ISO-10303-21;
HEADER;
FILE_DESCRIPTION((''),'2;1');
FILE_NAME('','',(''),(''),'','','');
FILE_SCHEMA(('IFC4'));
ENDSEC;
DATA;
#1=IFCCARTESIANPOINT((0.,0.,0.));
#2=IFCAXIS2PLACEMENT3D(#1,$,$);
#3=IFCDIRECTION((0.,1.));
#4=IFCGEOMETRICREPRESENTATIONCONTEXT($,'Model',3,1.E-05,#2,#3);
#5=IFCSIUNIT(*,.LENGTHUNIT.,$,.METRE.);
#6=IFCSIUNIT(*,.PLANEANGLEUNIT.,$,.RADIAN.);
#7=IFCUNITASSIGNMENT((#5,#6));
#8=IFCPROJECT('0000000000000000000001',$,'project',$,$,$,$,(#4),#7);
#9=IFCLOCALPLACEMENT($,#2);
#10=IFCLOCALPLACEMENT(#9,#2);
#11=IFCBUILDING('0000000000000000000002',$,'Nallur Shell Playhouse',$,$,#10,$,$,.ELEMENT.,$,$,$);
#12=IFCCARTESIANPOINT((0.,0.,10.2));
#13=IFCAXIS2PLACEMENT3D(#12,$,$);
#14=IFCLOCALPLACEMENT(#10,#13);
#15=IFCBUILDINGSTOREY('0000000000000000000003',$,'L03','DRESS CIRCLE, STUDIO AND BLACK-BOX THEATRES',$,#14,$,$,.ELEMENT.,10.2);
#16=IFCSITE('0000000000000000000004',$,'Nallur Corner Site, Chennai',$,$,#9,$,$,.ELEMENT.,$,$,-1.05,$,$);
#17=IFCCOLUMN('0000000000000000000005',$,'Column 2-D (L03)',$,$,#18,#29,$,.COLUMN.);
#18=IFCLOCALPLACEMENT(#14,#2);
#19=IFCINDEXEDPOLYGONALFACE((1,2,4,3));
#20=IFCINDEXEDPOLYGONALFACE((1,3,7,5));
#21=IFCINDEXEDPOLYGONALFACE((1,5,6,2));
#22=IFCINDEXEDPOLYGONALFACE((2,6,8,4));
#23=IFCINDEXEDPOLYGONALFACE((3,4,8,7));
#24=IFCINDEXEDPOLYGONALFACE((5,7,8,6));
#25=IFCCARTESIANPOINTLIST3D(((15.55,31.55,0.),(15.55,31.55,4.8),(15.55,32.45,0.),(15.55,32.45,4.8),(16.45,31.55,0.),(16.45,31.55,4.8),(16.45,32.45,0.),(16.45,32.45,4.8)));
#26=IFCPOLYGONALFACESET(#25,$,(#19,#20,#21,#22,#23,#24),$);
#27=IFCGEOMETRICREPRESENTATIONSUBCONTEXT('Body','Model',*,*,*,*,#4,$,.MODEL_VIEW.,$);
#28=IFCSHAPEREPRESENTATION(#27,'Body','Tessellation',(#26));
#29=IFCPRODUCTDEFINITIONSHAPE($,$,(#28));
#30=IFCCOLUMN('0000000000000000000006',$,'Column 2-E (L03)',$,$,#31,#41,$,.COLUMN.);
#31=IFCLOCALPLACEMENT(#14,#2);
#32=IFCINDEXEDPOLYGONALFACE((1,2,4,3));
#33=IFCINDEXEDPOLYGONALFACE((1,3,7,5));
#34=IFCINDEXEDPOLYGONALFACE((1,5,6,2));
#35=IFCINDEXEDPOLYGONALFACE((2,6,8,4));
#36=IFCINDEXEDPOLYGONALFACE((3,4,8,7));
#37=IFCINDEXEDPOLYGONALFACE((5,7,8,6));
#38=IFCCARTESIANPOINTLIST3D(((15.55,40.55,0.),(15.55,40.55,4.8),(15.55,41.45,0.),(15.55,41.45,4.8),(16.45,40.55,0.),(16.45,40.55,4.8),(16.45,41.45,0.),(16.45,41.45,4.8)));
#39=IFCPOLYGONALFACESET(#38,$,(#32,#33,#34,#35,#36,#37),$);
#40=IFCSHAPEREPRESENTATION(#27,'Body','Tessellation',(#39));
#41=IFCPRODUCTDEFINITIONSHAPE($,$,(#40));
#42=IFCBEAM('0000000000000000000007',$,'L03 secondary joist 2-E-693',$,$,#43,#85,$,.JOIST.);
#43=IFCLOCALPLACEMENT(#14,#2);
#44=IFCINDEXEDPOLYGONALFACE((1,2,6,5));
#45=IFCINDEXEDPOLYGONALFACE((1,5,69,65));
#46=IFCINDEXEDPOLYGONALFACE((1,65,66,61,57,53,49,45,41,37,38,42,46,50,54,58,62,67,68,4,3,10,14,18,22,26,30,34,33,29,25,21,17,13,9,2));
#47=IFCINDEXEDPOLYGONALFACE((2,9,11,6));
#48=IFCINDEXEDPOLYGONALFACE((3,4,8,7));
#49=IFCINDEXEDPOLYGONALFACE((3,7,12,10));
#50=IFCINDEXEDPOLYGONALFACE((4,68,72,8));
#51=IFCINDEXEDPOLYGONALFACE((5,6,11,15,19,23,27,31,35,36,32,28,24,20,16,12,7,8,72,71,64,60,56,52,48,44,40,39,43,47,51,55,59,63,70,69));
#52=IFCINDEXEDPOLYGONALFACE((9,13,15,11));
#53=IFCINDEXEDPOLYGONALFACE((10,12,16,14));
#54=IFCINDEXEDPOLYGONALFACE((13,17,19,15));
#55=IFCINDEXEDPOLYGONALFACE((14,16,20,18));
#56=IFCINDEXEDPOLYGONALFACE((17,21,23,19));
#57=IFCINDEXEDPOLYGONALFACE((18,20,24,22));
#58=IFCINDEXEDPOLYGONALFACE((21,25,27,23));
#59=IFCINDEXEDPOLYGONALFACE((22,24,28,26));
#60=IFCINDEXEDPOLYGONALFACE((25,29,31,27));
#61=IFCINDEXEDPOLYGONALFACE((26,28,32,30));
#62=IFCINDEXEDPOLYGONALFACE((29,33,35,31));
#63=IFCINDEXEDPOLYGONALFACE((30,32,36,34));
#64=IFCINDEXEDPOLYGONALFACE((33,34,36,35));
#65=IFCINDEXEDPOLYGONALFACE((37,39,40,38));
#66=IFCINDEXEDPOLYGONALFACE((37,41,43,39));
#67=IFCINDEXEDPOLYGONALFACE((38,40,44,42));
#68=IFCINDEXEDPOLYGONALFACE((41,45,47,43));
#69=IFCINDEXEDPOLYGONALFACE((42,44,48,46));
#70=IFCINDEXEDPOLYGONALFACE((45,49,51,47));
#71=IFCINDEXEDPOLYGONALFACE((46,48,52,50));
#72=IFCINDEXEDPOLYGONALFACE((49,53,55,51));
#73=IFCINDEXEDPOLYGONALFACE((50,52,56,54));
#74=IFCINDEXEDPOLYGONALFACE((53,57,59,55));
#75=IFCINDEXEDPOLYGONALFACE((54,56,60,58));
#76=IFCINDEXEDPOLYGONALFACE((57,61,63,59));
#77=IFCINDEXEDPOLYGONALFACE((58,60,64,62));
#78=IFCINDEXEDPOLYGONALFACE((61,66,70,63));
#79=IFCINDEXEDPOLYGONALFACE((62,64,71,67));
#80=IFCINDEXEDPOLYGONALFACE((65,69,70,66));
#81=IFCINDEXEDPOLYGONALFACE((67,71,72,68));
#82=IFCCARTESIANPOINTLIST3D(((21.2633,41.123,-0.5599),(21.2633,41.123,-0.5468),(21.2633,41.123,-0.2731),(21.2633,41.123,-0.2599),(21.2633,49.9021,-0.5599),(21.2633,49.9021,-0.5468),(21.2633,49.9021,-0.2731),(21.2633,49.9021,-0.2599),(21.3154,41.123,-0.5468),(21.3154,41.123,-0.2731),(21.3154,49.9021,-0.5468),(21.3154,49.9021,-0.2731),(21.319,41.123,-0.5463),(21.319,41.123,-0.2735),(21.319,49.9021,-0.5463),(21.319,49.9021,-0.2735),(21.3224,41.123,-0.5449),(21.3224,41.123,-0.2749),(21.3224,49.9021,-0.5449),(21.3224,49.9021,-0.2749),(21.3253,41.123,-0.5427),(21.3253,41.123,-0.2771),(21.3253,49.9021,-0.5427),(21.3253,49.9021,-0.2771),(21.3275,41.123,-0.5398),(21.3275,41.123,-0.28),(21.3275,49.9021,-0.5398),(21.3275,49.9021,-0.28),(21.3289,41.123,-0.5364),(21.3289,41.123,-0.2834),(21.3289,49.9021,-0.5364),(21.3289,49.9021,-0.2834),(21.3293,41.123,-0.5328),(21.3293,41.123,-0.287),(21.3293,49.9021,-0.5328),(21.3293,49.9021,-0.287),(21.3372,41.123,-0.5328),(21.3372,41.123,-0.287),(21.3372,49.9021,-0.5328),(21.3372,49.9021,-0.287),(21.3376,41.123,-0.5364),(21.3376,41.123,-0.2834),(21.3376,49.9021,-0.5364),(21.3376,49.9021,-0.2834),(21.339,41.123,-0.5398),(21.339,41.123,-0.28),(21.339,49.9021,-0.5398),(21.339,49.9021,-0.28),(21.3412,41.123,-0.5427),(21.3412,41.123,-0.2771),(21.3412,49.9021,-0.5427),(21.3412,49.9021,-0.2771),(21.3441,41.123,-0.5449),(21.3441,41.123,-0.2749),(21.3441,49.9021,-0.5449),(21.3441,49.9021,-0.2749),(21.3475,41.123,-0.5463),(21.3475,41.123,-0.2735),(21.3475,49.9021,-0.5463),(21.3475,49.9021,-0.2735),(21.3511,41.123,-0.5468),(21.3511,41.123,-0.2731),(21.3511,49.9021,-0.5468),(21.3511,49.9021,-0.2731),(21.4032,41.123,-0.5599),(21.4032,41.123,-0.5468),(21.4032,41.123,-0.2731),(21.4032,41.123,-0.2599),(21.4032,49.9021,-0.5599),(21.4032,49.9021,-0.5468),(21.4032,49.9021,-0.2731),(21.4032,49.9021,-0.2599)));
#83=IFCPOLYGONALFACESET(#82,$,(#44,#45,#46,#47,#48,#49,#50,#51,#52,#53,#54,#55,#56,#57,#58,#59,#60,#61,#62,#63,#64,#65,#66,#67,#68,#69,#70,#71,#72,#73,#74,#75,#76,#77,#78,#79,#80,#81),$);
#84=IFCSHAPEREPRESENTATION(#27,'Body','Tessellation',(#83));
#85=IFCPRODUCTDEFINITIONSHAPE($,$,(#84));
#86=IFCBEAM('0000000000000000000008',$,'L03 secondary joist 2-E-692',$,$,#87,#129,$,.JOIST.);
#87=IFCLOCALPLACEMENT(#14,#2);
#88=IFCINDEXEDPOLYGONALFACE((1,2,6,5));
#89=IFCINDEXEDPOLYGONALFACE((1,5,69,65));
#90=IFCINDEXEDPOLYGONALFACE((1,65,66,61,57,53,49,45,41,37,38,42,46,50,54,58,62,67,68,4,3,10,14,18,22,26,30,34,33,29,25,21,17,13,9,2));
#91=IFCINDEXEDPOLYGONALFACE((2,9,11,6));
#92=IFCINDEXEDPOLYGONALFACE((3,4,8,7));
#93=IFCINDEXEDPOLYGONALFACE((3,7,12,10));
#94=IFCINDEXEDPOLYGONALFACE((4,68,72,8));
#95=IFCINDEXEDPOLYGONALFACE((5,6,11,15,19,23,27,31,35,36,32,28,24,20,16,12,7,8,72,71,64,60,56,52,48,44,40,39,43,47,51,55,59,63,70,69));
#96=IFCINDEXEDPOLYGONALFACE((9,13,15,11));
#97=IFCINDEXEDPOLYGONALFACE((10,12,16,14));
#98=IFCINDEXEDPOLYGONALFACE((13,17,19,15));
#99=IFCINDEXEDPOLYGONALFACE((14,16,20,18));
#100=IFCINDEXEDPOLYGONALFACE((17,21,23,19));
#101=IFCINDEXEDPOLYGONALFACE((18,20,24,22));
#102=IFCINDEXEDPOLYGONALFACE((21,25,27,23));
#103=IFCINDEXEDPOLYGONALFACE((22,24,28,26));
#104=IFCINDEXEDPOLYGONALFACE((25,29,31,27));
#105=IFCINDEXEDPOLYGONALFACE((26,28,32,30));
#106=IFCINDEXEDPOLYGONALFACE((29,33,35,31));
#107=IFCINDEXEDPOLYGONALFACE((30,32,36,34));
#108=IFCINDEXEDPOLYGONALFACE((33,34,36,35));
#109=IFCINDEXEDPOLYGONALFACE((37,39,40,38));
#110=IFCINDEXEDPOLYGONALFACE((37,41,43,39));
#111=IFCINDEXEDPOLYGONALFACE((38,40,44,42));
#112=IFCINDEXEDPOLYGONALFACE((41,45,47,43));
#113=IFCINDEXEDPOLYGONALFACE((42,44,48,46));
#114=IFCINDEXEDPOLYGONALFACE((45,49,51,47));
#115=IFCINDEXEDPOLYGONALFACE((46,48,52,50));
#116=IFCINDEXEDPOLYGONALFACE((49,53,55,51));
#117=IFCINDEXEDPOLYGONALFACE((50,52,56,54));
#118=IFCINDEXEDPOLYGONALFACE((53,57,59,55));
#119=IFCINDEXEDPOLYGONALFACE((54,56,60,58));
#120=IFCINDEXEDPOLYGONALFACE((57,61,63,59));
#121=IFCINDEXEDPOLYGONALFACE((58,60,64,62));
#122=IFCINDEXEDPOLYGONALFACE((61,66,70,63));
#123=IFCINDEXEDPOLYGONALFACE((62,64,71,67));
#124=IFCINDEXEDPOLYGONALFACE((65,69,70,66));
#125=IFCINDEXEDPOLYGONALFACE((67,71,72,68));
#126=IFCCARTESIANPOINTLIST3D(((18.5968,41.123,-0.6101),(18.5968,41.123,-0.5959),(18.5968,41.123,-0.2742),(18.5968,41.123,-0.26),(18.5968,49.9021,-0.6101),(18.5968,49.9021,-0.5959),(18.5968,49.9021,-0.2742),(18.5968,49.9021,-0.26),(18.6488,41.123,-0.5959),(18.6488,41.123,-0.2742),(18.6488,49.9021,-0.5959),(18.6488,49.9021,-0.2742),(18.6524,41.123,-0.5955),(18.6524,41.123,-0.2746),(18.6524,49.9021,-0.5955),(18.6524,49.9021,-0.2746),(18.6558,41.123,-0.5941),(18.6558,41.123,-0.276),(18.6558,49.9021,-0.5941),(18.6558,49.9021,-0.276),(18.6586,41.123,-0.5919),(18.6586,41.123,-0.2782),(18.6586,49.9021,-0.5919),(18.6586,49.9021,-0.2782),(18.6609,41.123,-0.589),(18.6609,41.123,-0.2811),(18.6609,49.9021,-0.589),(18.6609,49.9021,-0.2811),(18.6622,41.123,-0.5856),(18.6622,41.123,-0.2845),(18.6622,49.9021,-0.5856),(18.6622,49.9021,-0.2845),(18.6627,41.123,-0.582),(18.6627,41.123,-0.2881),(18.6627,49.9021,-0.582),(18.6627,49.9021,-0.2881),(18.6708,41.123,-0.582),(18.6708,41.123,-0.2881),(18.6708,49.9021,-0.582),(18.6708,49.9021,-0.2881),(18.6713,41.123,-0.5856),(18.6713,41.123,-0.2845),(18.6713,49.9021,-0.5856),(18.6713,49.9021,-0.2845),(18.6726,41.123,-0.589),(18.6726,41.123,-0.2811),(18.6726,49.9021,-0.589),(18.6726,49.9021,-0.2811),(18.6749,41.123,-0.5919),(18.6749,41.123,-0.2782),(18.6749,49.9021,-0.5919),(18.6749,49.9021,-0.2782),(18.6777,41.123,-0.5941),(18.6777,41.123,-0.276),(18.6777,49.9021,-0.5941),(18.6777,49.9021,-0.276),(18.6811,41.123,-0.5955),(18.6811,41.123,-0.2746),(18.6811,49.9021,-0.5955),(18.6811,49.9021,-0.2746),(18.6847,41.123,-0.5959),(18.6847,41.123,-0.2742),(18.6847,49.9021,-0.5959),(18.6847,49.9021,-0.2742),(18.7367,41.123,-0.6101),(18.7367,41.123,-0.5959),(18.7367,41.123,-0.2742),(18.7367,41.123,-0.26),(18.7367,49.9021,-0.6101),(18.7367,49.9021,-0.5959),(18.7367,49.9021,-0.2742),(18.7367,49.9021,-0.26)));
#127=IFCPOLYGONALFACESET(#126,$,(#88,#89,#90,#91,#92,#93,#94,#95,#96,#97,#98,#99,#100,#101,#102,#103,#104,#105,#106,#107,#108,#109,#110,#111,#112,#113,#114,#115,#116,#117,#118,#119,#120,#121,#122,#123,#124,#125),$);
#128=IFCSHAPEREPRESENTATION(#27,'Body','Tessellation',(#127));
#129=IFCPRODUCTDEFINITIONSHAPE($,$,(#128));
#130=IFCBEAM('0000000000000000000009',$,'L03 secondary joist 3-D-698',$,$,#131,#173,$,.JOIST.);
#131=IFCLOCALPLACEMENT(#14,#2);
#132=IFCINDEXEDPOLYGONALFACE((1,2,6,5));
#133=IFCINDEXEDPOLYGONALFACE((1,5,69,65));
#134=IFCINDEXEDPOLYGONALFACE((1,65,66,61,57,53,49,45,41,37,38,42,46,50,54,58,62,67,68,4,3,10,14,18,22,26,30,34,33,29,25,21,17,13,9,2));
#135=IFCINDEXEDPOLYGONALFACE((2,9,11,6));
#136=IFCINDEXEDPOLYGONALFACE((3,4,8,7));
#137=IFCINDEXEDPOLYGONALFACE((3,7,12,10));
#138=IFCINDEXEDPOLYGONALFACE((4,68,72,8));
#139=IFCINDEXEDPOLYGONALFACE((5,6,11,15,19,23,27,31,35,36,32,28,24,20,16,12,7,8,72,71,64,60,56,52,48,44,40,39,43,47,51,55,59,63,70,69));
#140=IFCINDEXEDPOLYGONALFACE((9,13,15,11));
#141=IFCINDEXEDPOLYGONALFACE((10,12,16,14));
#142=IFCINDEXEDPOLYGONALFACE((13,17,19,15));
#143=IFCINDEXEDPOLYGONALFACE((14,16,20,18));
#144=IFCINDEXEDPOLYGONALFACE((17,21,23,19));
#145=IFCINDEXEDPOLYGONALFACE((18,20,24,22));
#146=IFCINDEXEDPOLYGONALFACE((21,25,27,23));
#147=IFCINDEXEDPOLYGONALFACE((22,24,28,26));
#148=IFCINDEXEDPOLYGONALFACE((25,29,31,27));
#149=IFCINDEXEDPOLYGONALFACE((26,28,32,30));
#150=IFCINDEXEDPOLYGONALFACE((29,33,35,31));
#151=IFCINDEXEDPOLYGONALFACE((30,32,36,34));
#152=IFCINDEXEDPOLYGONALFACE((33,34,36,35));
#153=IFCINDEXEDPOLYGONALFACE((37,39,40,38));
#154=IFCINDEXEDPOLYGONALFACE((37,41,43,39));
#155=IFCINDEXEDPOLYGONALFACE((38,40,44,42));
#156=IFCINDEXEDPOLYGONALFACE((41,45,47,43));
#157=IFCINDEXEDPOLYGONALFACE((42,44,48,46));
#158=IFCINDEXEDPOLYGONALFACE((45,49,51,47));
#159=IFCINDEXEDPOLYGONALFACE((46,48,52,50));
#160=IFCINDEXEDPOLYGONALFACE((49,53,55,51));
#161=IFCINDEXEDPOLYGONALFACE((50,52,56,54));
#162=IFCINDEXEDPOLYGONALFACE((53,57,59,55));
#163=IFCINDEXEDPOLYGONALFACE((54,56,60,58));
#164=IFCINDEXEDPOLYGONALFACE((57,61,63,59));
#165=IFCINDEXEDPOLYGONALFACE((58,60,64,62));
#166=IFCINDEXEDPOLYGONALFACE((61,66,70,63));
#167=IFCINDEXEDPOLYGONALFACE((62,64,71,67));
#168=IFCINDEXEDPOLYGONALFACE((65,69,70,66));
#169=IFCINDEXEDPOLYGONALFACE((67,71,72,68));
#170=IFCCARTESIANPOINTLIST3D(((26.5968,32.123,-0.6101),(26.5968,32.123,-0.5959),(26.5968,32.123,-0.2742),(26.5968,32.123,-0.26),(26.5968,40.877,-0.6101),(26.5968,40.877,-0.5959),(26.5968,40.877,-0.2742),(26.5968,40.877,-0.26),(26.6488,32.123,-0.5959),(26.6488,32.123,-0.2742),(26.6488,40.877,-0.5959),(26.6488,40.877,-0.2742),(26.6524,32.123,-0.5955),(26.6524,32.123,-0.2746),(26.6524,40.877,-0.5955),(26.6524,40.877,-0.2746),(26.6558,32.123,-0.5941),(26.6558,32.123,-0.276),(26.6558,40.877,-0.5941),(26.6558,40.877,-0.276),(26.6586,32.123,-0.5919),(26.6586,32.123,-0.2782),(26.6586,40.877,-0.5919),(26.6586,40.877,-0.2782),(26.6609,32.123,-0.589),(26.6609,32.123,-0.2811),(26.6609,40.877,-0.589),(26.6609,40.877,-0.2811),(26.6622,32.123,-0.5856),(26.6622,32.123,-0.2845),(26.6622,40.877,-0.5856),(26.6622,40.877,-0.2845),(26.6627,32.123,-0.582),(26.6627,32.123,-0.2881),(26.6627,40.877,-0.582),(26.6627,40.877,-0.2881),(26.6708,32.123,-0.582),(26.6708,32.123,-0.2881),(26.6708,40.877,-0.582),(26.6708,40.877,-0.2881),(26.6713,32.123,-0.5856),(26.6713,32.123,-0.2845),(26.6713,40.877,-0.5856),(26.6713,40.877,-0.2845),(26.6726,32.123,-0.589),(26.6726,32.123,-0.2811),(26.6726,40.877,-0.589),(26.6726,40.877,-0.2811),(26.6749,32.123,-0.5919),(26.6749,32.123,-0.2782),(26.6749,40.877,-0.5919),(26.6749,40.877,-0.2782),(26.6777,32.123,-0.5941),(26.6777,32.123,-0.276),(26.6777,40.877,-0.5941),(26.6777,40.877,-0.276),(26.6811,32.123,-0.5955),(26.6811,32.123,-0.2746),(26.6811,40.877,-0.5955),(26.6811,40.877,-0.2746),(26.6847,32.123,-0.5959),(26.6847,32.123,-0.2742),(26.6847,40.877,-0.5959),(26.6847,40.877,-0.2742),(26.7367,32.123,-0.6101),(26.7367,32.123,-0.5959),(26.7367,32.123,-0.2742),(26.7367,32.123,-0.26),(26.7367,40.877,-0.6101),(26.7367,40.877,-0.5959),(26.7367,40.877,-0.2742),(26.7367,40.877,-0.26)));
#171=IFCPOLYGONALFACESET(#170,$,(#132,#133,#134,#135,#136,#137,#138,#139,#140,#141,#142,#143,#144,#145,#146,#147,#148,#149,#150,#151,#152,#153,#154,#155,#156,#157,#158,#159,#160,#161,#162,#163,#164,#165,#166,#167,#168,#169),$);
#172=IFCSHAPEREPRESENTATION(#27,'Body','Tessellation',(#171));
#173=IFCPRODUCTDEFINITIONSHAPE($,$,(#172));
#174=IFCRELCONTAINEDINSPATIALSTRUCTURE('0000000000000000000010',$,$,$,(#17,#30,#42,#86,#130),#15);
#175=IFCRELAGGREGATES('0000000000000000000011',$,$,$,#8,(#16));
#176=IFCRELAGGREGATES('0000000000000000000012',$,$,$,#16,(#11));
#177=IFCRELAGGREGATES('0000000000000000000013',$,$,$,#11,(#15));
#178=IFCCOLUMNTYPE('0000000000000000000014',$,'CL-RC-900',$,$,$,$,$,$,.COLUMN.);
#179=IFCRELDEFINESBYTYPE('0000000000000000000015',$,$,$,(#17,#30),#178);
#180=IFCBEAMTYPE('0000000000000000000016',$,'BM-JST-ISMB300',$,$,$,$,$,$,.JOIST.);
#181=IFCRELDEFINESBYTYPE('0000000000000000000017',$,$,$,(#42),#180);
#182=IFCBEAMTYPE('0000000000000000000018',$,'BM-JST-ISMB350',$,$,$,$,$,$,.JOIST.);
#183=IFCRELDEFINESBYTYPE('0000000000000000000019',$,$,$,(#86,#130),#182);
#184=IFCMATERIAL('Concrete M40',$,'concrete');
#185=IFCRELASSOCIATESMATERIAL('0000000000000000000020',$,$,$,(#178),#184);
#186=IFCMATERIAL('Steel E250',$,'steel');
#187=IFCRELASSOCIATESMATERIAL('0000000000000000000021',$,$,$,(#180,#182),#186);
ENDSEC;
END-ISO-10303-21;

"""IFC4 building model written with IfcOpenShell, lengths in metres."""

from ifc_helpers import new_model, si_unit, direction, frame, origin, origin_2d, place, context, subcontext, project, spatial, rectangle, i_section, extrude, material, material_profile, profile_set, type_object, element, save


model = new_model("IFC4")

# Units and contexts
model_context = context("Model", 3, precision=1e-05, world=origin(), true_north=direction((0.0, 1.0)))
body_context = subcontext(model_context, "Body", "Model", "MODEL_VIEW")
ifc_project = project(units=[si_unit("LENGTHUNIT", "METRE"), si_unit("PLANEANGLEUNIT", "RADIAN")], contexts=[model_context])

# Site, building, storey
site_placement = place(None, origin())
site = spatial("IfcSite", under=ifc_project, at=site_placement, Name="Nallur Corner Site, Chennai", CompositionType="ELEMENT", RefElevation=-1.05)
building_placement = place(site_placement, origin())
building = spatial("IfcBuilding", under=site, at=building_placement, Name="Nallur Shell Playhouse", CompositionType="ELEMENT")
storey_placement = place(building_placement, frame((0.0, 0.0, 10.2)))
storey = spatial("IfcBuildingStorey", under=building, at=storey_placement, Name="L03", Description="DRESS CIRCLE, STUDIO AND BLACK-BOX THEATRES", CompositionType="ELEMENT", Elevation=10.2)

# Columns
ifc_material_1 = material(Name="Concrete M40", Category="concrete")
ifc_material_profile_1 = material_profile(ifc_material_1, rectangle(XDim=0.8999, YDim=0.8999, at=origin_2d()), Name="RC 900x900")
ifc_profile_set_1 = profile_set([ifc_material_profile_1], Name="Concrete M40")
column_type = type_object("IfcColumnType", Name="CL-RC-900", PredefinedType="COLUMN", material=ifc_profile_set_1)
for number, where, z_axis, x_axis, name in (
    (1, (16.0, 32.0, 0.0), (0.0, 0.0, 1.0), (1.0, 0.0, 0.0), "Column 2-D (L03)"),
    (2, (16.0, 41.0, 0.0), (0.0, 0.0, 1.0), (1.0, 0.0, 0.0), "Column 2-E (L03)"),
):
    element("IfcColumn", number, at=place(storey_placement, frame(where, z_axis=z_axis, x_axis=x_axis)), inside=storey, type_object=column_type, Name=name, PredefinedType="COLUMN", context=body_context, shape_type="SweptSolid", body=[
        extrude(rectangle(XDim=0.8999, YDim=0.8999, at=origin_2d()), origin(), (0.0, 0.0, 1.0), 4.8),
    ])

# Beams
ifc_material_2 = material(Name="Steel E250", Category="steel")
ifc_material_profile_2 = material_profile(ifc_material_2, i_section(OverallWidth=0.1399, OverallDepth=0.3, WebThickness=0.0078, FlangeThickness=0.0132, FilletRadius=0.0139, at=origin_2d()), Name="ISMB 300")
ifc_profile_set_2 = profile_set([ifc_material_profile_2], Name="Steel E250")
beam_type_1 = type_object("IfcBeamType", Name="BM-JST-ISMB300", PredefinedType="JOIST", material=ifc_profile_set_2)
beam_1_placement = place(storey_placement, frame((21.3333, 41.123, -0.4099), z_axis=(0.0, 1.0, 0.0), x_axis=(-1.0, 0.0, 0.0)))
element("IfcBeam", 3, at=beam_1_placement, inside=storey, type_object=beam_type_1, Name="L03 secondary joist 2-E-693", PredefinedType="JOIST", context=body_context, shape_type="SweptSolid", body=[
    extrude(i_section(OverallWidth=0.1399, OverallDepth=0.3, WebThickness=0.0078, FlangeThickness=0.0132, FilletRadius=0.0139, at=origin_2d()), origin(), (0.0, 0.0, 1.0), 8.7791),
])
ifc_material_profile_3 = material_profile(ifc_material_2, i_section(OverallWidth=0.1399, OverallDepth=0.3501, WebThickness=0.0081, FlangeThickness=0.0142, FilletRadius=0.0139, at=origin_2d()), Name="ISMB 350")
ifc_profile_set_3 = profile_set([ifc_material_profile_3], Name="Steel E250")
beam_type_2 = type_object("IfcBeamType", Name="BM-JST-ISMB350", PredefinedType="JOIST", material=ifc_profile_set_3)
beam_2_placement = place(storey_placement, frame((18.6667, 41.123, -0.4351), z_axis=(0.0, 1.0, 0.0), x_axis=(-1.0, 0.0, 0.0)))
element("IfcBeam", 4, at=beam_2_placement, inside=storey, type_object=beam_type_2, Name="L03 secondary joist 2-E-692", PredefinedType="JOIST", context=body_context, shape_type="SweptSolid", body=[
    extrude(i_section(OverallWidth=0.1399, OverallDepth=0.3501, WebThickness=0.0081, FlangeThickness=0.0142, FilletRadius=0.0139, at=origin_2d()), origin(), (0.0, 0.0, 1.0), 8.7791),
])
beam_3_placement = place(storey_placement, frame((26.6667, 32.123, -0.4351), z_axis=(0.0, 1.0, 0.0), x_axis=(-1.0, 0.0, 0.0)))
element("IfcBeam", 5, at=beam_3_placement, inside=storey, type_object=beam_type_2, Name="L03 secondary joist 3-D-698", PredefinedType="JOIST", context=body_context, shape_type="SweptSolid", body=[
    extrude(i_section(OverallWidth=0.1399, OverallDepth=0.3501, WebThickness=0.0081, FlangeThickness=0.0142, FilletRadius=0.0139, at=origin_2d()), origin(), (0.0, 0.0, 1.0), 8.7539),
])

save(model, "model.ifc")
